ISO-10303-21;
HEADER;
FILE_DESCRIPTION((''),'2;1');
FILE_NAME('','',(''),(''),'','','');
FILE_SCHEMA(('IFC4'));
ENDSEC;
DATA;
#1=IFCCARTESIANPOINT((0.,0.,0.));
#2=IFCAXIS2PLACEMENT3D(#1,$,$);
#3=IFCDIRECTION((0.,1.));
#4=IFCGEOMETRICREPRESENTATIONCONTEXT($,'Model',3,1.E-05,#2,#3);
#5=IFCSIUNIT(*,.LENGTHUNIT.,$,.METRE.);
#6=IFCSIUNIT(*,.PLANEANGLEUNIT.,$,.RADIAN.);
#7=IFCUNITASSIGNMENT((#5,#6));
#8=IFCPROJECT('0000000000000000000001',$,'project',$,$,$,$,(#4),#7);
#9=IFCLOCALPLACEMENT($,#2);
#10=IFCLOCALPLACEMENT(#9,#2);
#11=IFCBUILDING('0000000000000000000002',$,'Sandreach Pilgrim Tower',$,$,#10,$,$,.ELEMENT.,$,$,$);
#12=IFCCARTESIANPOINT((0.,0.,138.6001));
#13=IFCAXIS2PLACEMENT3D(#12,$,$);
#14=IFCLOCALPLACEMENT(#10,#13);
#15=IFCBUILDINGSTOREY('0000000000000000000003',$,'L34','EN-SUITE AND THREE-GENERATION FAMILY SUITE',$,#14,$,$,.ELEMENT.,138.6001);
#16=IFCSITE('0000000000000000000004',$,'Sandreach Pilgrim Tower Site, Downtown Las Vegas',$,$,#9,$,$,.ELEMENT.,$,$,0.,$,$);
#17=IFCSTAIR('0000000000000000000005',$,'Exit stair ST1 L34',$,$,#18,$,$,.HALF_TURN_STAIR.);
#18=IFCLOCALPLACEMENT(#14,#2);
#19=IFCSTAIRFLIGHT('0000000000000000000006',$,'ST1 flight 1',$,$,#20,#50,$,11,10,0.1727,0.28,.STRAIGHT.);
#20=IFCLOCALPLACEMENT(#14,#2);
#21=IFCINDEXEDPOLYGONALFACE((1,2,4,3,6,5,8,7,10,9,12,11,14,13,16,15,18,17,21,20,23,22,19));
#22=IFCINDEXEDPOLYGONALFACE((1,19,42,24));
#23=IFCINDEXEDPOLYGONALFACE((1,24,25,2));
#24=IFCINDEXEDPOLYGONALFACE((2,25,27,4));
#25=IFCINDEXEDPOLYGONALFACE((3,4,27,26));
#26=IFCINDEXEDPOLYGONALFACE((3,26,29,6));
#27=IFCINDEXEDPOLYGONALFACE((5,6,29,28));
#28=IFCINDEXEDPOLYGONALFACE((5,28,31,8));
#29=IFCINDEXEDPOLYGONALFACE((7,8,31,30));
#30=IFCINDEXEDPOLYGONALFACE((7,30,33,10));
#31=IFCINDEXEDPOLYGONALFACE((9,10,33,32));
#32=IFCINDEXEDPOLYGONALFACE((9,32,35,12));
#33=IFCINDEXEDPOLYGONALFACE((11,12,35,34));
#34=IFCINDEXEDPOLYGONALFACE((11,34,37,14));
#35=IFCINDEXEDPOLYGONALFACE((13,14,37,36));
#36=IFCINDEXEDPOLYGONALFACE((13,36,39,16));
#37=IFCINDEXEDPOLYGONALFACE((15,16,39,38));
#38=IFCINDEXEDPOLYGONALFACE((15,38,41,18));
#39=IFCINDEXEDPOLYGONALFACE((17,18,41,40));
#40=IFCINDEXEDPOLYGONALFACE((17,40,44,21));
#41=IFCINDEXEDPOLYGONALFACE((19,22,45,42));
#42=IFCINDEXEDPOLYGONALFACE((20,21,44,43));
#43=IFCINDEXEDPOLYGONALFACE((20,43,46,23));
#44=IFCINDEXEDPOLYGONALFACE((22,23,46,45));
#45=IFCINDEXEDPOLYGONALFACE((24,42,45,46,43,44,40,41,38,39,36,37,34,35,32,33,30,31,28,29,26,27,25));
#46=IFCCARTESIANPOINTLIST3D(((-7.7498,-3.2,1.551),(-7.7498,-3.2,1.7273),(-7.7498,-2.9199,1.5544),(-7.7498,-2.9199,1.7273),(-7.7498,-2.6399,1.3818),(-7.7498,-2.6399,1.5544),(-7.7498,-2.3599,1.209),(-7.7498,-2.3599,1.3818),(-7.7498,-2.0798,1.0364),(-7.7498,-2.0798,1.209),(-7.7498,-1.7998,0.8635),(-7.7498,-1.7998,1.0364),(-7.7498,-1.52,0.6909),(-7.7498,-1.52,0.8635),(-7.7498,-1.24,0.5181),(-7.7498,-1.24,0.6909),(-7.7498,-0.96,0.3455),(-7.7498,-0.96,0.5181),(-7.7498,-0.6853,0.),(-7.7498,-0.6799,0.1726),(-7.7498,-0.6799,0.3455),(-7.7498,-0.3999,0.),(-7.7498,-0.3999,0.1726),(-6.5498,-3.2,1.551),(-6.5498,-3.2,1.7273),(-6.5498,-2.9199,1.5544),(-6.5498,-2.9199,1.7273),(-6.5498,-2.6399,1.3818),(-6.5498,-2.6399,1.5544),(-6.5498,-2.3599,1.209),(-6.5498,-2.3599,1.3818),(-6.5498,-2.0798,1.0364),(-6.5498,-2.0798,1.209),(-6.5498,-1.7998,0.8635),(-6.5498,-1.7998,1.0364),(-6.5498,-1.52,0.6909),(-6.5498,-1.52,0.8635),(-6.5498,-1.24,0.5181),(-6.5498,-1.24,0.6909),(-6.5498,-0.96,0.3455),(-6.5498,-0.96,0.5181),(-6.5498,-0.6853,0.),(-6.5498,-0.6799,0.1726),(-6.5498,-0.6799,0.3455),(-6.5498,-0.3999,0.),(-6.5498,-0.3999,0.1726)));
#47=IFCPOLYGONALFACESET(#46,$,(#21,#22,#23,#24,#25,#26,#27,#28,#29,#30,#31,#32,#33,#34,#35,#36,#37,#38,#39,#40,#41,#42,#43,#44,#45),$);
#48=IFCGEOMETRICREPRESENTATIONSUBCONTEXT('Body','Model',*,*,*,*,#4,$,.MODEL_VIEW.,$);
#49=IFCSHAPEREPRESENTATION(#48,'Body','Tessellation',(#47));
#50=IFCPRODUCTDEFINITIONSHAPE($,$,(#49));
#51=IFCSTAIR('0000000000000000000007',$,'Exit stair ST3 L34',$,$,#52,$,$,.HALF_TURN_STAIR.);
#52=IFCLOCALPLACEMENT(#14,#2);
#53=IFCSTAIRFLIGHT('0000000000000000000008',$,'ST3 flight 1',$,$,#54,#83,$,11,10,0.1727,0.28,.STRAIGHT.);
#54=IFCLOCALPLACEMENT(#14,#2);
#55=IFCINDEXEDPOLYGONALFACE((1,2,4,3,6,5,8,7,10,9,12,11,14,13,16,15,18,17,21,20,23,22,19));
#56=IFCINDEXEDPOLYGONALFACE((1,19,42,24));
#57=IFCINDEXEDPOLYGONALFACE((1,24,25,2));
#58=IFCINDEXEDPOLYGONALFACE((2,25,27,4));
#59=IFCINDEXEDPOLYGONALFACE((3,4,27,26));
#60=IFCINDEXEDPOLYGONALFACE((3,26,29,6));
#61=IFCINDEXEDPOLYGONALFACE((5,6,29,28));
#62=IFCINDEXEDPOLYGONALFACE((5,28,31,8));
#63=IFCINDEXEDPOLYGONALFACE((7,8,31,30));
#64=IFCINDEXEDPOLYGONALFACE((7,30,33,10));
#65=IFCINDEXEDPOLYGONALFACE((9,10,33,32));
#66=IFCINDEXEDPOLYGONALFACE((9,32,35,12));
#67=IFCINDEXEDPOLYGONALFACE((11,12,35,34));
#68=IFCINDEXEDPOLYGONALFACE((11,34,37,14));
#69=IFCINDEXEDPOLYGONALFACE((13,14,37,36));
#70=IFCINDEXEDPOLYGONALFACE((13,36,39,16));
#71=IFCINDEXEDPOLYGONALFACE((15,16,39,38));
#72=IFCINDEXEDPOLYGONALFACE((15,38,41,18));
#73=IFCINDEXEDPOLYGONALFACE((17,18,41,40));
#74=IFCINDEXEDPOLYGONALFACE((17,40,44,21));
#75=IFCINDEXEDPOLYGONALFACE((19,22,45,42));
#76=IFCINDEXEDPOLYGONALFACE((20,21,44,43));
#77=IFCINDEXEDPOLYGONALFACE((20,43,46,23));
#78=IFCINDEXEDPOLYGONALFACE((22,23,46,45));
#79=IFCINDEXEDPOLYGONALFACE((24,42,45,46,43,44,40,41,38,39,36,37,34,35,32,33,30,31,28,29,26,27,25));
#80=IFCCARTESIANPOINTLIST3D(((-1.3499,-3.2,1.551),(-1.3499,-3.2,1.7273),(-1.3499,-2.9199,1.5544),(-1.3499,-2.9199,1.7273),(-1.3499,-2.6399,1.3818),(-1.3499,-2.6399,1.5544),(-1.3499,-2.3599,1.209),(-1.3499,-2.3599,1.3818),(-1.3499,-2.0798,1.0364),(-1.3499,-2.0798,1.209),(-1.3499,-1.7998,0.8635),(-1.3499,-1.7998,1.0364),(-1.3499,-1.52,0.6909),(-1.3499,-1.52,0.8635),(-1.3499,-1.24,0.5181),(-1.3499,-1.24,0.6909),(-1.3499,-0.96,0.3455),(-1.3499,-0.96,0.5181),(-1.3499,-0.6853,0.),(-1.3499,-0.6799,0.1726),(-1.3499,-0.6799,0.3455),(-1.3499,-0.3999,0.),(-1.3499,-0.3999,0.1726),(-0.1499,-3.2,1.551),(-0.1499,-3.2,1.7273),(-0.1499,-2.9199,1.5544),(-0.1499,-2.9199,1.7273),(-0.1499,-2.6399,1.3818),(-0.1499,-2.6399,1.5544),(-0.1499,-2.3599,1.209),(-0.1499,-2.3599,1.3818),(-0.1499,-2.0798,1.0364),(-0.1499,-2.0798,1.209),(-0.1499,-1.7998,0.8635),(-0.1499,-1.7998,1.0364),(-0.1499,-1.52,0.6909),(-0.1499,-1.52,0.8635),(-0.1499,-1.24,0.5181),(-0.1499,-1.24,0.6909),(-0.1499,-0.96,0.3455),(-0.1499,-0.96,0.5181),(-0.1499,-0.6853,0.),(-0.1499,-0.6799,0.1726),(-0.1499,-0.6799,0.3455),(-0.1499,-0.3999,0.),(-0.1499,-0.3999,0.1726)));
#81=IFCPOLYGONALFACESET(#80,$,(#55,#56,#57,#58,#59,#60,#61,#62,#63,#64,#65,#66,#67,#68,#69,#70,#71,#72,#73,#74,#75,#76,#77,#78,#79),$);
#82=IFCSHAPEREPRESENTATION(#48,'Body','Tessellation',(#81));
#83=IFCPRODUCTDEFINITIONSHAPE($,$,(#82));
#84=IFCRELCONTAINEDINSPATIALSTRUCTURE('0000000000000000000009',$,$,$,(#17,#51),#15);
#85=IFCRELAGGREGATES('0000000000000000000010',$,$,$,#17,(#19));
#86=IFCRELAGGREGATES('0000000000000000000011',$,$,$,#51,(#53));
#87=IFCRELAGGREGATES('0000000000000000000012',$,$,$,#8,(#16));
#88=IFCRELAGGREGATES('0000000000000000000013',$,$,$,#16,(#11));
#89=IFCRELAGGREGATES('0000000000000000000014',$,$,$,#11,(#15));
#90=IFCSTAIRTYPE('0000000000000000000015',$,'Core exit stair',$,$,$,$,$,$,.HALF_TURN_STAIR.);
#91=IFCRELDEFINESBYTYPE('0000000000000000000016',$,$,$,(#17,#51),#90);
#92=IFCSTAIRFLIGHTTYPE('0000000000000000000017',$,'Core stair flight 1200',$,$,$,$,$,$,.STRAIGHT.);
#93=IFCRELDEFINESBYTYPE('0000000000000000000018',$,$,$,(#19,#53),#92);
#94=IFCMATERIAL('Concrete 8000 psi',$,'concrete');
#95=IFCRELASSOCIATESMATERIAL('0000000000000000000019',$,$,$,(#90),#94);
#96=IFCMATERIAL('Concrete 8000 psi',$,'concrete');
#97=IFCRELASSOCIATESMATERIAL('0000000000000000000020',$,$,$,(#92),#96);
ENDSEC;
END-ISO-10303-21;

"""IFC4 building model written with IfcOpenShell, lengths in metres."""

from ifc_helpers import new_model, si_unit, direction, frame, origin, place, context, subcontext, project, spatial, polyline, outline, extrude, material, type_object, element, aggregate, save


model = new_model("IFC4")

# Units and contexts
model_context = context("Model", 3, precision=1e-05, world=origin(), true_north=direction((0.0, 1.0)))
body_context = subcontext(model_context, "Body", "Model", "MODEL_VIEW")
ifc_project = project(units=[si_unit("LENGTHUNIT", "METRE"), si_unit("PLANEANGLEUNIT", "RADIAN")], contexts=[model_context])

# Site, building, storey
site_placement = place(None, origin())
site = spatial("IfcSite", under=ifc_project, at=site_placement, Name="Sandreach Pilgrim Tower Site, Downtown Las Vegas", CompositionType="ELEMENT", RefElevation=0.0)
building_placement = place(site_placement, origin())
building = spatial("IfcBuilding", under=site, at=building_placement, Name="Sandreach Pilgrim Tower", CompositionType="ELEMENT")
storey_placement = place(building_placement, frame((0.0, 0.0, 138.6001)))
storey = spatial("IfcBuildingStorey", under=building, at=storey_placement, Name="L34", Description="EN-SUITE AND THREE-GENERATION FAMILY SUITE", CompositionType="ELEMENT", Elevation=138.6001)

# Stairs, stair flights
ifc_material_1 = material(Name="Concrete 8000 psi", Category="concrete")
stair_type = type_object("IfcStairType", Name="Core exit stair", PredefinedType="HALF_TURN_STAIR", material=ifc_material_1)
stair_1_placement = place(storey_placement, origin())
stair_1 = element("IfcStair", 1, at=stair_1_placement, inside=storey, type_object=stair_type, Name="Exit stair ST1 L34", PredefinedType="HALF_TURN_STAIR")
ifc_material_2 = material(Name="Concrete 8000 psi", Category="concrete")
stair_flight_type = type_object("IfcStairFlightType", Name="Core stair flight 1200", PredefinedType="STRAIGHT", material=ifc_material_2)
stair_flight_1_placement = place(storey_placement, frame((-7.1499, -0.3999, 0.0), z_axis=(0.0, 0.0, 1.0), x_axis=(0.0, -1.0, 0.0)))
stair_flight_1 = element("IfcStairFlight", 2, at=stair_flight_1_placement, type_object=stair_flight_type, Name="ST1 flight 1", NumberOfRisers=11, NumberOfTreads=10, PredefinedType="STRAIGHT", RiserHeight=0.1727, TreadLength=0.28, context=body_context, shape_type="SweptSolid", body=[
    extrude(outline(polyline([(0.0, 0.0), (0.0, 0.1726), (0.28, 0.1726), (0.28, 0.3455), (0.5601, 0.3455), (0.5601, 0.5181), (0.8401, 0.5181), (0.8401, 0.6909), (1.1201, 0.6909), (1.1201, 0.8635), (1.3999, 0.8635), (1.3999, 1.0364), (1.6799, 1.0364), (1.6799, 1.209), (1.96, 1.209), (1.96, 1.3818), (2.24, 1.3818), (2.24, 1.5544), (2.52, 1.5544), (2.52, 1.7273), (2.8, 1.7273), (2.8, 1.8999), (2.8, 1.551), (0.2854, 0.0), (0.0, 0.0)])), frame((0.0, 0.6001, 0.0), z_axis=(0.0, -1.0, 0.0), x_axis=(1.0, 0.0, 0.0)), (0.0, 0.0, 1.0), 1.2),
])
aggregate(stair_1, [stair_flight_1])
stair_2_placement = place(storey_placement, origin())
stair_2 = element("IfcStair", 3, at=stair_2_placement, inside=storey, type_object=stair_type, Name="Exit stair ST3 L34", PredefinedType="HALF_TURN_STAIR")
stair_flight_2_placement = place(storey_placement, frame((-0.75, -0.3999, 0.0), z_axis=(0.0, 0.0, 1.0), x_axis=(0.0, -1.0, 0.0)))
stair_flight_2 = element("IfcStairFlight", 4, at=stair_flight_2_placement, type_object=stair_flight_type, Name="ST3 flight 1", NumberOfRisers=11, NumberOfTreads=10, PredefinedType="STRAIGHT", RiserHeight=0.1727, TreadLength=0.28, context=body_context, shape_type="SweptSolid", body=[
    extrude(outline(polyline([(0.0, 0.0), (0.0, 0.1726), (0.28, 0.1726), (0.28, 0.3455), (0.5601, 0.3455), (0.5601, 0.5181), (0.8401, 0.5181), (0.8401, 0.6909), (1.1201, 0.6909), (1.1201, 0.8635), (1.3999, 0.8635), (1.3999, 1.0364), (1.6799, 1.0364), (1.6799, 1.209), (1.96, 1.209), (1.96, 1.3818), (2.24, 1.3818), (2.24, 1.5544), (2.52, 1.5544), (2.52, 1.7273), (2.8, 1.7273), (2.8, 1.8999), (2.8, 1.551), (0.2854, 0.0), (0.0, 0.0)])), frame((0.0, 0.6001, 0.0), z_axis=(0.0, -1.0, 0.0), x_axis=(1.0, 0.0, 0.0)), (0.0, 0.0, 1.0), 1.2),
])
aggregate(stair_2, [stair_flight_2])

save(model, "model.ifc")
